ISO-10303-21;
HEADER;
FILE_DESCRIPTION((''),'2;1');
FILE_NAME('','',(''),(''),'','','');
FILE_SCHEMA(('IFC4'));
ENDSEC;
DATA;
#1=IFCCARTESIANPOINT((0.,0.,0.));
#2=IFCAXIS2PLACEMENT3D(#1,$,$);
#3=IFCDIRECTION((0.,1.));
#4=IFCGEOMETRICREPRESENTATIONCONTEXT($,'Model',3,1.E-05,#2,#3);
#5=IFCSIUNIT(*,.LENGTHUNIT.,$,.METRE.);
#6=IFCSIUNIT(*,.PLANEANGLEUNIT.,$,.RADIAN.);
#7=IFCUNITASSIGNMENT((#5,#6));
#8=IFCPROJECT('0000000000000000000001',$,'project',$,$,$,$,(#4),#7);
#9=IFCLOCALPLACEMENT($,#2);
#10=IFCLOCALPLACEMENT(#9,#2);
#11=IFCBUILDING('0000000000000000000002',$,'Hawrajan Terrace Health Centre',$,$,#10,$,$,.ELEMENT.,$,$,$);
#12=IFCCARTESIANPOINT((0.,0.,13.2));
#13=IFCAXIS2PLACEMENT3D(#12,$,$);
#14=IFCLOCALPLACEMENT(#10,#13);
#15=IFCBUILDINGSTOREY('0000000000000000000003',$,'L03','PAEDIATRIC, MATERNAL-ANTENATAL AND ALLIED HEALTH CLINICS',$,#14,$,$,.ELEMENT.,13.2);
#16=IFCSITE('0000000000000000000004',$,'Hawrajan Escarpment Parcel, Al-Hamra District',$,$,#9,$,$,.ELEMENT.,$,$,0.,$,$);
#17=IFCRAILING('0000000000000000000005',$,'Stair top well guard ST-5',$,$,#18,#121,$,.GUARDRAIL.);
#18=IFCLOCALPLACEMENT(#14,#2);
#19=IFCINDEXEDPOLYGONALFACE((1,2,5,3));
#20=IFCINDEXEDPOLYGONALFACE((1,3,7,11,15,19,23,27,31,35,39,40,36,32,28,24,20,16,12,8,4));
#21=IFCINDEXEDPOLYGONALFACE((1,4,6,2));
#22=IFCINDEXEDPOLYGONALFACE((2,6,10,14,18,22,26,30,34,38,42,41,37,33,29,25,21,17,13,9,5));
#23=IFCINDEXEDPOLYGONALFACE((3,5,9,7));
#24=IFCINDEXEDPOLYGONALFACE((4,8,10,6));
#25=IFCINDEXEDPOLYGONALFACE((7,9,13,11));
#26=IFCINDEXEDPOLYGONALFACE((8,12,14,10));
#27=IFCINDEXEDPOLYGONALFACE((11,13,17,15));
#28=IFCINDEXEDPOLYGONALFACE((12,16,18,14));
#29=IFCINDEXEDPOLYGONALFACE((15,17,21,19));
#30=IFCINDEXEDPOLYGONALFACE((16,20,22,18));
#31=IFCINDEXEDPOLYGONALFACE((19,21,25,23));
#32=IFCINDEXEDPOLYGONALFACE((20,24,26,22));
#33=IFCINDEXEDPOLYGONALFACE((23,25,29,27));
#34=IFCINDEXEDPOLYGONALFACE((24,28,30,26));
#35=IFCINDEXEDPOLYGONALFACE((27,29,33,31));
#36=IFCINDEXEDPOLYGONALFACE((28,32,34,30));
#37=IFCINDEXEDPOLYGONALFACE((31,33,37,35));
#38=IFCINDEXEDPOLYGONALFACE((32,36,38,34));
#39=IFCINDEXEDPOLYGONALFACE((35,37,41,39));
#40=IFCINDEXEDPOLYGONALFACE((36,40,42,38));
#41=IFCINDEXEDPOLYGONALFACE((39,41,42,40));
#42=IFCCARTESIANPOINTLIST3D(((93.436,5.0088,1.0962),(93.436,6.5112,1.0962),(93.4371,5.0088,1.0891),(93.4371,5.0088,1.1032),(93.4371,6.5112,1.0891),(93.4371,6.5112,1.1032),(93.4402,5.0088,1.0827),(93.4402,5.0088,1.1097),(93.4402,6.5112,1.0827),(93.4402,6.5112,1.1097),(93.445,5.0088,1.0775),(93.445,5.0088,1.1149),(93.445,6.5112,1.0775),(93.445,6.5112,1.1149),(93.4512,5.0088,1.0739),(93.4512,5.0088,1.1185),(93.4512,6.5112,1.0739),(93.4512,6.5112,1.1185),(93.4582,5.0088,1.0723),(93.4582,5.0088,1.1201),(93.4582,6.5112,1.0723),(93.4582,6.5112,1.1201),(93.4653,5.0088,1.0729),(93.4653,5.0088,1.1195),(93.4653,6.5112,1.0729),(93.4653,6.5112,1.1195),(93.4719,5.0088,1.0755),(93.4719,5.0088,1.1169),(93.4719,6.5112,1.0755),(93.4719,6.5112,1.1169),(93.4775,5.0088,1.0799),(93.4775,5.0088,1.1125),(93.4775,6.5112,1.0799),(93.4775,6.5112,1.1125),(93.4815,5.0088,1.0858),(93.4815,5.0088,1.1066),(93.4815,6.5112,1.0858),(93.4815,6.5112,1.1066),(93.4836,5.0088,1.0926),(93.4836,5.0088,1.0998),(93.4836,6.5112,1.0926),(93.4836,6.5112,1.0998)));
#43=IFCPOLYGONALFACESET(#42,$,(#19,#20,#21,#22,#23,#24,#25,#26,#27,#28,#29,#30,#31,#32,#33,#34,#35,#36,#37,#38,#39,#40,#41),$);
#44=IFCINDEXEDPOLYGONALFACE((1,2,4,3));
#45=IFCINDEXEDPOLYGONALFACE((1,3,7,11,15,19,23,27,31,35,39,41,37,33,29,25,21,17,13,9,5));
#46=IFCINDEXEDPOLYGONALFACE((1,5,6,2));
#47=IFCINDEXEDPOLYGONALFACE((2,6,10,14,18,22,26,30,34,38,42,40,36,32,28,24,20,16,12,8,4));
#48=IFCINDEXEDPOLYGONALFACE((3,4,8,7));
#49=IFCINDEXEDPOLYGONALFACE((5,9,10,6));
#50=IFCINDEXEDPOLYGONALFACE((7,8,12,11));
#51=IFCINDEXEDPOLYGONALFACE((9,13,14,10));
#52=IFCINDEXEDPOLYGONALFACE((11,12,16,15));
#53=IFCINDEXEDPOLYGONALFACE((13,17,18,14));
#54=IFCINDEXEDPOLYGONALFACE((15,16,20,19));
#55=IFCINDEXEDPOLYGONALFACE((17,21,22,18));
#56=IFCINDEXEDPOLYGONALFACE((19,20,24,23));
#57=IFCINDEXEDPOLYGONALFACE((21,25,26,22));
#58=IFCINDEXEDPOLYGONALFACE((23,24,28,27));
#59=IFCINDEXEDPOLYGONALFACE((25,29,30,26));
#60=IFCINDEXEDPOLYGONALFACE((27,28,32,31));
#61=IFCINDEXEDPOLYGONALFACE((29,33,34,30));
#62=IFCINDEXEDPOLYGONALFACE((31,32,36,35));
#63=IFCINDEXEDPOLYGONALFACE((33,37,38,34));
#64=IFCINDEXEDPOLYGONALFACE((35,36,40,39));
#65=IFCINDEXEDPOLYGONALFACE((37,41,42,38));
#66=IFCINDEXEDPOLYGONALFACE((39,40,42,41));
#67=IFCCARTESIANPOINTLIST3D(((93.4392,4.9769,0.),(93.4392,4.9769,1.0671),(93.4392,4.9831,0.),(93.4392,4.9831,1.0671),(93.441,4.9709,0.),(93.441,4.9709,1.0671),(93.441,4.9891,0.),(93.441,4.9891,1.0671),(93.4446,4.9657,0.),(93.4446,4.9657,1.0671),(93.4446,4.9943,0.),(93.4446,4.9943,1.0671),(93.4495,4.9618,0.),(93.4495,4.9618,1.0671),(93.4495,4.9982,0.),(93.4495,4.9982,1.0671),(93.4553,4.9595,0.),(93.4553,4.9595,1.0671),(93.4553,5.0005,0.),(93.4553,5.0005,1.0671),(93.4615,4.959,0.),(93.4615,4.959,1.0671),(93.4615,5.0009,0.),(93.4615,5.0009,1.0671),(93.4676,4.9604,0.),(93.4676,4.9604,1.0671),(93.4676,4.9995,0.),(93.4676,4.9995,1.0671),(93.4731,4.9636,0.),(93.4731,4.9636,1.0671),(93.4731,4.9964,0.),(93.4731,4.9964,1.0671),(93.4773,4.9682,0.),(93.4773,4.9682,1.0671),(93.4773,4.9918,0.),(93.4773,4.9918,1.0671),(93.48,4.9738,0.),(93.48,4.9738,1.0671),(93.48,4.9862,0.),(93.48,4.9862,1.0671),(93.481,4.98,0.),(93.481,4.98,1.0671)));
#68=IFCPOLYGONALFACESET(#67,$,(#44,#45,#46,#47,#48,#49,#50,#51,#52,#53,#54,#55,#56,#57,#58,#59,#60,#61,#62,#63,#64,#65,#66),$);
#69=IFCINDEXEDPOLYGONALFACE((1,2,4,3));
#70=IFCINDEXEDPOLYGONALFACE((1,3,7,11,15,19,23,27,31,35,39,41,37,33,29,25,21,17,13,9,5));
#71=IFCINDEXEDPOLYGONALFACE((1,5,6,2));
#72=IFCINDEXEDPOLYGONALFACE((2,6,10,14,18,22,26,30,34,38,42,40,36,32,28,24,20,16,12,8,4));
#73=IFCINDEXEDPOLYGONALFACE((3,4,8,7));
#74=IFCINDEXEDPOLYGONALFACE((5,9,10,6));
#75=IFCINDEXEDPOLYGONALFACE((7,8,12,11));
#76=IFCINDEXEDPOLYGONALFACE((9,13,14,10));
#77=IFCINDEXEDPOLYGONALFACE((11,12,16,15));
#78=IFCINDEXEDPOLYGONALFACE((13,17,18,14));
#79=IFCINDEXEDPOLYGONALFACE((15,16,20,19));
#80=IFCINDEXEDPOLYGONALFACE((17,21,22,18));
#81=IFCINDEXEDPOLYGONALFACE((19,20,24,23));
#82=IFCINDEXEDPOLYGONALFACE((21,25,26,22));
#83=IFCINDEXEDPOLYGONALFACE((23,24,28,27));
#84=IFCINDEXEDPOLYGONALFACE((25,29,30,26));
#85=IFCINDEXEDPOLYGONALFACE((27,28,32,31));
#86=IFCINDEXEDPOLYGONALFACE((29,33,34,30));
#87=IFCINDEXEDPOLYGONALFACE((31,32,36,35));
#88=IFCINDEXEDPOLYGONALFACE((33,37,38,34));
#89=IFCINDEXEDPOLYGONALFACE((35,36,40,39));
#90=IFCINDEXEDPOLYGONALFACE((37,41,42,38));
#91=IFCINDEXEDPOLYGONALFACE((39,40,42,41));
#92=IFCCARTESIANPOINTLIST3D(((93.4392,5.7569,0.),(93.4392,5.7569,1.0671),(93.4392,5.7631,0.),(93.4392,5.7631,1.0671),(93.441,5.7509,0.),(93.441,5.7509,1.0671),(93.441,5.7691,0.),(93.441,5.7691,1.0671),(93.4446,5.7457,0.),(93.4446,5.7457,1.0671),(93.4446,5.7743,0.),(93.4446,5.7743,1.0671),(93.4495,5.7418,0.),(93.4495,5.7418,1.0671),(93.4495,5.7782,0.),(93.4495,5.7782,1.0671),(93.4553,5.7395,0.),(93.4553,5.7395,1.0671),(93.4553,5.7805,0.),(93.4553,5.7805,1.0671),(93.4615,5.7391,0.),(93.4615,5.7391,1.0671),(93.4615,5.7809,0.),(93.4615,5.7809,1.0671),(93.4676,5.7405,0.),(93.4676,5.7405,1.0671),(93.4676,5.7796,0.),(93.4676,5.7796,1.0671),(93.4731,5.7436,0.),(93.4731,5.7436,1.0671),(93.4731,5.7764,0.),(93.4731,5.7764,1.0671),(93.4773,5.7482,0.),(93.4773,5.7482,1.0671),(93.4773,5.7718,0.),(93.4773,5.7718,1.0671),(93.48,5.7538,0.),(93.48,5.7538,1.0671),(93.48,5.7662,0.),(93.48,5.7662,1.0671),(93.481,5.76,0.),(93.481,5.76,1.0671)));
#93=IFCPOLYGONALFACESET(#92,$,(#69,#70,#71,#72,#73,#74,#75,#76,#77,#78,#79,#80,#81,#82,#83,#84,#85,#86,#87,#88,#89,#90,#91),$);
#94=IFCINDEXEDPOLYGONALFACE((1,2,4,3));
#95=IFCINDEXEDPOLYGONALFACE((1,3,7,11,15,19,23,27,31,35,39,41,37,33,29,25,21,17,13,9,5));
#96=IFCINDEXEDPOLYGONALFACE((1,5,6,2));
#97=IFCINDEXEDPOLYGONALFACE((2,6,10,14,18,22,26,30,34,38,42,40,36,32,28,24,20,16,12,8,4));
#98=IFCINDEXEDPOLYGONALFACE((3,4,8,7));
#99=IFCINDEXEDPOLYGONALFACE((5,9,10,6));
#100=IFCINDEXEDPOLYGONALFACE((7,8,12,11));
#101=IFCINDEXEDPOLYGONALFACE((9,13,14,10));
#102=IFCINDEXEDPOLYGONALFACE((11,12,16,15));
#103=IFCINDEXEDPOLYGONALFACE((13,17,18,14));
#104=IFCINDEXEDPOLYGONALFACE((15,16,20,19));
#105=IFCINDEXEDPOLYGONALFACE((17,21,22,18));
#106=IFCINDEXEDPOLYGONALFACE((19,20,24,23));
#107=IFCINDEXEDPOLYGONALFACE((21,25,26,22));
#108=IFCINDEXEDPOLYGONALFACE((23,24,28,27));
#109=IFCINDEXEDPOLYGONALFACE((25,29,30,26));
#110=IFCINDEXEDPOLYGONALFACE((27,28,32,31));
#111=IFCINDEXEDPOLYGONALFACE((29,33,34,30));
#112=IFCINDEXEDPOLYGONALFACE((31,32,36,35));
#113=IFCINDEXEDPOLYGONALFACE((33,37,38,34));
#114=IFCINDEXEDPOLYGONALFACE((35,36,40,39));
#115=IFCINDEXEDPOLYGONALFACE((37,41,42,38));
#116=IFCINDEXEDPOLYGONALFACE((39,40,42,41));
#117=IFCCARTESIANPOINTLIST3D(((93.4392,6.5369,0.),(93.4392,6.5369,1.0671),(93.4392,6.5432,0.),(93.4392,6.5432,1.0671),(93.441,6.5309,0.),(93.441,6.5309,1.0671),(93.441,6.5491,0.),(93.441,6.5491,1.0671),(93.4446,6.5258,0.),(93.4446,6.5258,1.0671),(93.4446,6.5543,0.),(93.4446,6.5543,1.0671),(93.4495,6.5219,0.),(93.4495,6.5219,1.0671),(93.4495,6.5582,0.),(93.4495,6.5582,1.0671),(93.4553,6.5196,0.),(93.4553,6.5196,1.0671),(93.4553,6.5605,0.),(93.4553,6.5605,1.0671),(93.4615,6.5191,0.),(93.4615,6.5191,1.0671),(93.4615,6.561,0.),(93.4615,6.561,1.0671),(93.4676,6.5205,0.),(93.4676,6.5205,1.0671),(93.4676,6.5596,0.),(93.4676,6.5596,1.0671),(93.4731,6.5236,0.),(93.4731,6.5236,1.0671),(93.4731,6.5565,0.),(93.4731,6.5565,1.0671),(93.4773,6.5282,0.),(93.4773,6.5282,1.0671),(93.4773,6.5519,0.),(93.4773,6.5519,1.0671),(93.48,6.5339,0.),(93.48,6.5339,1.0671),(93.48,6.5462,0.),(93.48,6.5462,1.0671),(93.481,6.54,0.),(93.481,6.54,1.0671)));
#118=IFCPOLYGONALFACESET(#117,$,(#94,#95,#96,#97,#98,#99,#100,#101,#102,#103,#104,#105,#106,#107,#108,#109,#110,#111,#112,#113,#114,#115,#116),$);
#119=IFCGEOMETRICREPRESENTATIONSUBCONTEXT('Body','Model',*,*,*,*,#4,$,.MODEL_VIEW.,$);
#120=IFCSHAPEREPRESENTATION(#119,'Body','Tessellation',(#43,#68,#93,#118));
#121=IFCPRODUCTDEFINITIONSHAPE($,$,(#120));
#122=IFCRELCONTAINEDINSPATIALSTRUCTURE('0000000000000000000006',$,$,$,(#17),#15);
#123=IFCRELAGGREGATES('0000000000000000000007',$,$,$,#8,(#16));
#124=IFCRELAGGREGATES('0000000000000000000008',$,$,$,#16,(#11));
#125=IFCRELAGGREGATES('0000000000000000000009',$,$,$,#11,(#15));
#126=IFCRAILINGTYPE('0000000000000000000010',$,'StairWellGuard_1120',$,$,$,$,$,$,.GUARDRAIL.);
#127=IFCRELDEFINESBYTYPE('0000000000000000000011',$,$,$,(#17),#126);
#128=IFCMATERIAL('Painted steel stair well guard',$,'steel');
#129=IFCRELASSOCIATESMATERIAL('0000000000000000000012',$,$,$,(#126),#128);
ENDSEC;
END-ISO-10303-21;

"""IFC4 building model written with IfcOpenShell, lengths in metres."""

from ifc_helpers import new_model, si_unit, direction, frame, origin, origin_2d, place, context, subcontext, project, spatial, circle, extrude, material, type_object, element, save


model = new_model("IFC4")

# Units and contexts
model_context = context("Model", 3, precision=1e-05, world=origin(), true_north=direction((0.0, 1.0)))
body_context = subcontext(model_context, "Body", "Model", "MODEL_VIEW")
ifc_project = project(units=[si_unit("LENGTHUNIT", "METRE"), si_unit("PLANEANGLEUNIT", "RADIAN")], contexts=[model_context])

# Site, building, storey
site_placement = place(None, origin())
site = spatial("IfcSite", under=ifc_project, at=site_placement, Name="Hawrajan Escarpment Parcel, Al-Hamra District", CompositionType="ELEMENT", RefElevation=0.0)
building_placement = place(site_placement, origin())
building = spatial("IfcBuilding", under=site, at=building_placement, Name="Hawrajan Terrace Health Centre", CompositionType="ELEMENT")
storey_placement = place(building_placement, frame((0.0, 0.0, 13.2)))
storey = spatial("IfcBuildingStorey", under=building, at=storey_placement, Name="L03", Description="PAEDIATRIC, MATERNAL-ANTENATAL AND ALLIED HEALTH CLINICS", CompositionType="ELEMENT", Elevation=13.2)

# Railing
ifc_material_1 = material(Name="Painted steel stair well guard", Category="steel")
railing_type = type_object("IfcRailingType", Name="StairWellGuard_1120", PredefinedType="GUARDRAIL", material=ifc_material_1)
railing_placement = place(storey_placement, frame((93.46, 4.98, 0.0)))
element("IfcRailing", 1, at=railing_placement, inside=storey, type_object=railing_type, Name="Stair top well guard ST-5", PredefinedType="GUARDRAIL", context=body_context, shape_type="SweptSolid", body=[
    extrude(circle(Radius=0.0239, at=origin_2d()), frame((0.0, 0.0288, 1.0962), z_axis=(0.0, 1.0, 0.0), x_axis=(-1.0, 0.0, 0.0)), (0.0, 0.0, 1.0), 1.5024),
    extrude(circle(Radius=0.021, at=origin_2d()), origin(), (0.0, 0.0, 1.0), 1.0671),
    extrude(circle(Radius=0.021, at=origin_2d()), frame((0.0, 0.78, 0.0)), (0.0, 0.0, 1.0), 1.0671),
    extrude(circle(Radius=0.021, at=origin_2d()), frame((0.0, 1.5601, 0.0)), (0.0, 0.0, 1.0), 1.0671),
])

save(model, "model.ifc")
